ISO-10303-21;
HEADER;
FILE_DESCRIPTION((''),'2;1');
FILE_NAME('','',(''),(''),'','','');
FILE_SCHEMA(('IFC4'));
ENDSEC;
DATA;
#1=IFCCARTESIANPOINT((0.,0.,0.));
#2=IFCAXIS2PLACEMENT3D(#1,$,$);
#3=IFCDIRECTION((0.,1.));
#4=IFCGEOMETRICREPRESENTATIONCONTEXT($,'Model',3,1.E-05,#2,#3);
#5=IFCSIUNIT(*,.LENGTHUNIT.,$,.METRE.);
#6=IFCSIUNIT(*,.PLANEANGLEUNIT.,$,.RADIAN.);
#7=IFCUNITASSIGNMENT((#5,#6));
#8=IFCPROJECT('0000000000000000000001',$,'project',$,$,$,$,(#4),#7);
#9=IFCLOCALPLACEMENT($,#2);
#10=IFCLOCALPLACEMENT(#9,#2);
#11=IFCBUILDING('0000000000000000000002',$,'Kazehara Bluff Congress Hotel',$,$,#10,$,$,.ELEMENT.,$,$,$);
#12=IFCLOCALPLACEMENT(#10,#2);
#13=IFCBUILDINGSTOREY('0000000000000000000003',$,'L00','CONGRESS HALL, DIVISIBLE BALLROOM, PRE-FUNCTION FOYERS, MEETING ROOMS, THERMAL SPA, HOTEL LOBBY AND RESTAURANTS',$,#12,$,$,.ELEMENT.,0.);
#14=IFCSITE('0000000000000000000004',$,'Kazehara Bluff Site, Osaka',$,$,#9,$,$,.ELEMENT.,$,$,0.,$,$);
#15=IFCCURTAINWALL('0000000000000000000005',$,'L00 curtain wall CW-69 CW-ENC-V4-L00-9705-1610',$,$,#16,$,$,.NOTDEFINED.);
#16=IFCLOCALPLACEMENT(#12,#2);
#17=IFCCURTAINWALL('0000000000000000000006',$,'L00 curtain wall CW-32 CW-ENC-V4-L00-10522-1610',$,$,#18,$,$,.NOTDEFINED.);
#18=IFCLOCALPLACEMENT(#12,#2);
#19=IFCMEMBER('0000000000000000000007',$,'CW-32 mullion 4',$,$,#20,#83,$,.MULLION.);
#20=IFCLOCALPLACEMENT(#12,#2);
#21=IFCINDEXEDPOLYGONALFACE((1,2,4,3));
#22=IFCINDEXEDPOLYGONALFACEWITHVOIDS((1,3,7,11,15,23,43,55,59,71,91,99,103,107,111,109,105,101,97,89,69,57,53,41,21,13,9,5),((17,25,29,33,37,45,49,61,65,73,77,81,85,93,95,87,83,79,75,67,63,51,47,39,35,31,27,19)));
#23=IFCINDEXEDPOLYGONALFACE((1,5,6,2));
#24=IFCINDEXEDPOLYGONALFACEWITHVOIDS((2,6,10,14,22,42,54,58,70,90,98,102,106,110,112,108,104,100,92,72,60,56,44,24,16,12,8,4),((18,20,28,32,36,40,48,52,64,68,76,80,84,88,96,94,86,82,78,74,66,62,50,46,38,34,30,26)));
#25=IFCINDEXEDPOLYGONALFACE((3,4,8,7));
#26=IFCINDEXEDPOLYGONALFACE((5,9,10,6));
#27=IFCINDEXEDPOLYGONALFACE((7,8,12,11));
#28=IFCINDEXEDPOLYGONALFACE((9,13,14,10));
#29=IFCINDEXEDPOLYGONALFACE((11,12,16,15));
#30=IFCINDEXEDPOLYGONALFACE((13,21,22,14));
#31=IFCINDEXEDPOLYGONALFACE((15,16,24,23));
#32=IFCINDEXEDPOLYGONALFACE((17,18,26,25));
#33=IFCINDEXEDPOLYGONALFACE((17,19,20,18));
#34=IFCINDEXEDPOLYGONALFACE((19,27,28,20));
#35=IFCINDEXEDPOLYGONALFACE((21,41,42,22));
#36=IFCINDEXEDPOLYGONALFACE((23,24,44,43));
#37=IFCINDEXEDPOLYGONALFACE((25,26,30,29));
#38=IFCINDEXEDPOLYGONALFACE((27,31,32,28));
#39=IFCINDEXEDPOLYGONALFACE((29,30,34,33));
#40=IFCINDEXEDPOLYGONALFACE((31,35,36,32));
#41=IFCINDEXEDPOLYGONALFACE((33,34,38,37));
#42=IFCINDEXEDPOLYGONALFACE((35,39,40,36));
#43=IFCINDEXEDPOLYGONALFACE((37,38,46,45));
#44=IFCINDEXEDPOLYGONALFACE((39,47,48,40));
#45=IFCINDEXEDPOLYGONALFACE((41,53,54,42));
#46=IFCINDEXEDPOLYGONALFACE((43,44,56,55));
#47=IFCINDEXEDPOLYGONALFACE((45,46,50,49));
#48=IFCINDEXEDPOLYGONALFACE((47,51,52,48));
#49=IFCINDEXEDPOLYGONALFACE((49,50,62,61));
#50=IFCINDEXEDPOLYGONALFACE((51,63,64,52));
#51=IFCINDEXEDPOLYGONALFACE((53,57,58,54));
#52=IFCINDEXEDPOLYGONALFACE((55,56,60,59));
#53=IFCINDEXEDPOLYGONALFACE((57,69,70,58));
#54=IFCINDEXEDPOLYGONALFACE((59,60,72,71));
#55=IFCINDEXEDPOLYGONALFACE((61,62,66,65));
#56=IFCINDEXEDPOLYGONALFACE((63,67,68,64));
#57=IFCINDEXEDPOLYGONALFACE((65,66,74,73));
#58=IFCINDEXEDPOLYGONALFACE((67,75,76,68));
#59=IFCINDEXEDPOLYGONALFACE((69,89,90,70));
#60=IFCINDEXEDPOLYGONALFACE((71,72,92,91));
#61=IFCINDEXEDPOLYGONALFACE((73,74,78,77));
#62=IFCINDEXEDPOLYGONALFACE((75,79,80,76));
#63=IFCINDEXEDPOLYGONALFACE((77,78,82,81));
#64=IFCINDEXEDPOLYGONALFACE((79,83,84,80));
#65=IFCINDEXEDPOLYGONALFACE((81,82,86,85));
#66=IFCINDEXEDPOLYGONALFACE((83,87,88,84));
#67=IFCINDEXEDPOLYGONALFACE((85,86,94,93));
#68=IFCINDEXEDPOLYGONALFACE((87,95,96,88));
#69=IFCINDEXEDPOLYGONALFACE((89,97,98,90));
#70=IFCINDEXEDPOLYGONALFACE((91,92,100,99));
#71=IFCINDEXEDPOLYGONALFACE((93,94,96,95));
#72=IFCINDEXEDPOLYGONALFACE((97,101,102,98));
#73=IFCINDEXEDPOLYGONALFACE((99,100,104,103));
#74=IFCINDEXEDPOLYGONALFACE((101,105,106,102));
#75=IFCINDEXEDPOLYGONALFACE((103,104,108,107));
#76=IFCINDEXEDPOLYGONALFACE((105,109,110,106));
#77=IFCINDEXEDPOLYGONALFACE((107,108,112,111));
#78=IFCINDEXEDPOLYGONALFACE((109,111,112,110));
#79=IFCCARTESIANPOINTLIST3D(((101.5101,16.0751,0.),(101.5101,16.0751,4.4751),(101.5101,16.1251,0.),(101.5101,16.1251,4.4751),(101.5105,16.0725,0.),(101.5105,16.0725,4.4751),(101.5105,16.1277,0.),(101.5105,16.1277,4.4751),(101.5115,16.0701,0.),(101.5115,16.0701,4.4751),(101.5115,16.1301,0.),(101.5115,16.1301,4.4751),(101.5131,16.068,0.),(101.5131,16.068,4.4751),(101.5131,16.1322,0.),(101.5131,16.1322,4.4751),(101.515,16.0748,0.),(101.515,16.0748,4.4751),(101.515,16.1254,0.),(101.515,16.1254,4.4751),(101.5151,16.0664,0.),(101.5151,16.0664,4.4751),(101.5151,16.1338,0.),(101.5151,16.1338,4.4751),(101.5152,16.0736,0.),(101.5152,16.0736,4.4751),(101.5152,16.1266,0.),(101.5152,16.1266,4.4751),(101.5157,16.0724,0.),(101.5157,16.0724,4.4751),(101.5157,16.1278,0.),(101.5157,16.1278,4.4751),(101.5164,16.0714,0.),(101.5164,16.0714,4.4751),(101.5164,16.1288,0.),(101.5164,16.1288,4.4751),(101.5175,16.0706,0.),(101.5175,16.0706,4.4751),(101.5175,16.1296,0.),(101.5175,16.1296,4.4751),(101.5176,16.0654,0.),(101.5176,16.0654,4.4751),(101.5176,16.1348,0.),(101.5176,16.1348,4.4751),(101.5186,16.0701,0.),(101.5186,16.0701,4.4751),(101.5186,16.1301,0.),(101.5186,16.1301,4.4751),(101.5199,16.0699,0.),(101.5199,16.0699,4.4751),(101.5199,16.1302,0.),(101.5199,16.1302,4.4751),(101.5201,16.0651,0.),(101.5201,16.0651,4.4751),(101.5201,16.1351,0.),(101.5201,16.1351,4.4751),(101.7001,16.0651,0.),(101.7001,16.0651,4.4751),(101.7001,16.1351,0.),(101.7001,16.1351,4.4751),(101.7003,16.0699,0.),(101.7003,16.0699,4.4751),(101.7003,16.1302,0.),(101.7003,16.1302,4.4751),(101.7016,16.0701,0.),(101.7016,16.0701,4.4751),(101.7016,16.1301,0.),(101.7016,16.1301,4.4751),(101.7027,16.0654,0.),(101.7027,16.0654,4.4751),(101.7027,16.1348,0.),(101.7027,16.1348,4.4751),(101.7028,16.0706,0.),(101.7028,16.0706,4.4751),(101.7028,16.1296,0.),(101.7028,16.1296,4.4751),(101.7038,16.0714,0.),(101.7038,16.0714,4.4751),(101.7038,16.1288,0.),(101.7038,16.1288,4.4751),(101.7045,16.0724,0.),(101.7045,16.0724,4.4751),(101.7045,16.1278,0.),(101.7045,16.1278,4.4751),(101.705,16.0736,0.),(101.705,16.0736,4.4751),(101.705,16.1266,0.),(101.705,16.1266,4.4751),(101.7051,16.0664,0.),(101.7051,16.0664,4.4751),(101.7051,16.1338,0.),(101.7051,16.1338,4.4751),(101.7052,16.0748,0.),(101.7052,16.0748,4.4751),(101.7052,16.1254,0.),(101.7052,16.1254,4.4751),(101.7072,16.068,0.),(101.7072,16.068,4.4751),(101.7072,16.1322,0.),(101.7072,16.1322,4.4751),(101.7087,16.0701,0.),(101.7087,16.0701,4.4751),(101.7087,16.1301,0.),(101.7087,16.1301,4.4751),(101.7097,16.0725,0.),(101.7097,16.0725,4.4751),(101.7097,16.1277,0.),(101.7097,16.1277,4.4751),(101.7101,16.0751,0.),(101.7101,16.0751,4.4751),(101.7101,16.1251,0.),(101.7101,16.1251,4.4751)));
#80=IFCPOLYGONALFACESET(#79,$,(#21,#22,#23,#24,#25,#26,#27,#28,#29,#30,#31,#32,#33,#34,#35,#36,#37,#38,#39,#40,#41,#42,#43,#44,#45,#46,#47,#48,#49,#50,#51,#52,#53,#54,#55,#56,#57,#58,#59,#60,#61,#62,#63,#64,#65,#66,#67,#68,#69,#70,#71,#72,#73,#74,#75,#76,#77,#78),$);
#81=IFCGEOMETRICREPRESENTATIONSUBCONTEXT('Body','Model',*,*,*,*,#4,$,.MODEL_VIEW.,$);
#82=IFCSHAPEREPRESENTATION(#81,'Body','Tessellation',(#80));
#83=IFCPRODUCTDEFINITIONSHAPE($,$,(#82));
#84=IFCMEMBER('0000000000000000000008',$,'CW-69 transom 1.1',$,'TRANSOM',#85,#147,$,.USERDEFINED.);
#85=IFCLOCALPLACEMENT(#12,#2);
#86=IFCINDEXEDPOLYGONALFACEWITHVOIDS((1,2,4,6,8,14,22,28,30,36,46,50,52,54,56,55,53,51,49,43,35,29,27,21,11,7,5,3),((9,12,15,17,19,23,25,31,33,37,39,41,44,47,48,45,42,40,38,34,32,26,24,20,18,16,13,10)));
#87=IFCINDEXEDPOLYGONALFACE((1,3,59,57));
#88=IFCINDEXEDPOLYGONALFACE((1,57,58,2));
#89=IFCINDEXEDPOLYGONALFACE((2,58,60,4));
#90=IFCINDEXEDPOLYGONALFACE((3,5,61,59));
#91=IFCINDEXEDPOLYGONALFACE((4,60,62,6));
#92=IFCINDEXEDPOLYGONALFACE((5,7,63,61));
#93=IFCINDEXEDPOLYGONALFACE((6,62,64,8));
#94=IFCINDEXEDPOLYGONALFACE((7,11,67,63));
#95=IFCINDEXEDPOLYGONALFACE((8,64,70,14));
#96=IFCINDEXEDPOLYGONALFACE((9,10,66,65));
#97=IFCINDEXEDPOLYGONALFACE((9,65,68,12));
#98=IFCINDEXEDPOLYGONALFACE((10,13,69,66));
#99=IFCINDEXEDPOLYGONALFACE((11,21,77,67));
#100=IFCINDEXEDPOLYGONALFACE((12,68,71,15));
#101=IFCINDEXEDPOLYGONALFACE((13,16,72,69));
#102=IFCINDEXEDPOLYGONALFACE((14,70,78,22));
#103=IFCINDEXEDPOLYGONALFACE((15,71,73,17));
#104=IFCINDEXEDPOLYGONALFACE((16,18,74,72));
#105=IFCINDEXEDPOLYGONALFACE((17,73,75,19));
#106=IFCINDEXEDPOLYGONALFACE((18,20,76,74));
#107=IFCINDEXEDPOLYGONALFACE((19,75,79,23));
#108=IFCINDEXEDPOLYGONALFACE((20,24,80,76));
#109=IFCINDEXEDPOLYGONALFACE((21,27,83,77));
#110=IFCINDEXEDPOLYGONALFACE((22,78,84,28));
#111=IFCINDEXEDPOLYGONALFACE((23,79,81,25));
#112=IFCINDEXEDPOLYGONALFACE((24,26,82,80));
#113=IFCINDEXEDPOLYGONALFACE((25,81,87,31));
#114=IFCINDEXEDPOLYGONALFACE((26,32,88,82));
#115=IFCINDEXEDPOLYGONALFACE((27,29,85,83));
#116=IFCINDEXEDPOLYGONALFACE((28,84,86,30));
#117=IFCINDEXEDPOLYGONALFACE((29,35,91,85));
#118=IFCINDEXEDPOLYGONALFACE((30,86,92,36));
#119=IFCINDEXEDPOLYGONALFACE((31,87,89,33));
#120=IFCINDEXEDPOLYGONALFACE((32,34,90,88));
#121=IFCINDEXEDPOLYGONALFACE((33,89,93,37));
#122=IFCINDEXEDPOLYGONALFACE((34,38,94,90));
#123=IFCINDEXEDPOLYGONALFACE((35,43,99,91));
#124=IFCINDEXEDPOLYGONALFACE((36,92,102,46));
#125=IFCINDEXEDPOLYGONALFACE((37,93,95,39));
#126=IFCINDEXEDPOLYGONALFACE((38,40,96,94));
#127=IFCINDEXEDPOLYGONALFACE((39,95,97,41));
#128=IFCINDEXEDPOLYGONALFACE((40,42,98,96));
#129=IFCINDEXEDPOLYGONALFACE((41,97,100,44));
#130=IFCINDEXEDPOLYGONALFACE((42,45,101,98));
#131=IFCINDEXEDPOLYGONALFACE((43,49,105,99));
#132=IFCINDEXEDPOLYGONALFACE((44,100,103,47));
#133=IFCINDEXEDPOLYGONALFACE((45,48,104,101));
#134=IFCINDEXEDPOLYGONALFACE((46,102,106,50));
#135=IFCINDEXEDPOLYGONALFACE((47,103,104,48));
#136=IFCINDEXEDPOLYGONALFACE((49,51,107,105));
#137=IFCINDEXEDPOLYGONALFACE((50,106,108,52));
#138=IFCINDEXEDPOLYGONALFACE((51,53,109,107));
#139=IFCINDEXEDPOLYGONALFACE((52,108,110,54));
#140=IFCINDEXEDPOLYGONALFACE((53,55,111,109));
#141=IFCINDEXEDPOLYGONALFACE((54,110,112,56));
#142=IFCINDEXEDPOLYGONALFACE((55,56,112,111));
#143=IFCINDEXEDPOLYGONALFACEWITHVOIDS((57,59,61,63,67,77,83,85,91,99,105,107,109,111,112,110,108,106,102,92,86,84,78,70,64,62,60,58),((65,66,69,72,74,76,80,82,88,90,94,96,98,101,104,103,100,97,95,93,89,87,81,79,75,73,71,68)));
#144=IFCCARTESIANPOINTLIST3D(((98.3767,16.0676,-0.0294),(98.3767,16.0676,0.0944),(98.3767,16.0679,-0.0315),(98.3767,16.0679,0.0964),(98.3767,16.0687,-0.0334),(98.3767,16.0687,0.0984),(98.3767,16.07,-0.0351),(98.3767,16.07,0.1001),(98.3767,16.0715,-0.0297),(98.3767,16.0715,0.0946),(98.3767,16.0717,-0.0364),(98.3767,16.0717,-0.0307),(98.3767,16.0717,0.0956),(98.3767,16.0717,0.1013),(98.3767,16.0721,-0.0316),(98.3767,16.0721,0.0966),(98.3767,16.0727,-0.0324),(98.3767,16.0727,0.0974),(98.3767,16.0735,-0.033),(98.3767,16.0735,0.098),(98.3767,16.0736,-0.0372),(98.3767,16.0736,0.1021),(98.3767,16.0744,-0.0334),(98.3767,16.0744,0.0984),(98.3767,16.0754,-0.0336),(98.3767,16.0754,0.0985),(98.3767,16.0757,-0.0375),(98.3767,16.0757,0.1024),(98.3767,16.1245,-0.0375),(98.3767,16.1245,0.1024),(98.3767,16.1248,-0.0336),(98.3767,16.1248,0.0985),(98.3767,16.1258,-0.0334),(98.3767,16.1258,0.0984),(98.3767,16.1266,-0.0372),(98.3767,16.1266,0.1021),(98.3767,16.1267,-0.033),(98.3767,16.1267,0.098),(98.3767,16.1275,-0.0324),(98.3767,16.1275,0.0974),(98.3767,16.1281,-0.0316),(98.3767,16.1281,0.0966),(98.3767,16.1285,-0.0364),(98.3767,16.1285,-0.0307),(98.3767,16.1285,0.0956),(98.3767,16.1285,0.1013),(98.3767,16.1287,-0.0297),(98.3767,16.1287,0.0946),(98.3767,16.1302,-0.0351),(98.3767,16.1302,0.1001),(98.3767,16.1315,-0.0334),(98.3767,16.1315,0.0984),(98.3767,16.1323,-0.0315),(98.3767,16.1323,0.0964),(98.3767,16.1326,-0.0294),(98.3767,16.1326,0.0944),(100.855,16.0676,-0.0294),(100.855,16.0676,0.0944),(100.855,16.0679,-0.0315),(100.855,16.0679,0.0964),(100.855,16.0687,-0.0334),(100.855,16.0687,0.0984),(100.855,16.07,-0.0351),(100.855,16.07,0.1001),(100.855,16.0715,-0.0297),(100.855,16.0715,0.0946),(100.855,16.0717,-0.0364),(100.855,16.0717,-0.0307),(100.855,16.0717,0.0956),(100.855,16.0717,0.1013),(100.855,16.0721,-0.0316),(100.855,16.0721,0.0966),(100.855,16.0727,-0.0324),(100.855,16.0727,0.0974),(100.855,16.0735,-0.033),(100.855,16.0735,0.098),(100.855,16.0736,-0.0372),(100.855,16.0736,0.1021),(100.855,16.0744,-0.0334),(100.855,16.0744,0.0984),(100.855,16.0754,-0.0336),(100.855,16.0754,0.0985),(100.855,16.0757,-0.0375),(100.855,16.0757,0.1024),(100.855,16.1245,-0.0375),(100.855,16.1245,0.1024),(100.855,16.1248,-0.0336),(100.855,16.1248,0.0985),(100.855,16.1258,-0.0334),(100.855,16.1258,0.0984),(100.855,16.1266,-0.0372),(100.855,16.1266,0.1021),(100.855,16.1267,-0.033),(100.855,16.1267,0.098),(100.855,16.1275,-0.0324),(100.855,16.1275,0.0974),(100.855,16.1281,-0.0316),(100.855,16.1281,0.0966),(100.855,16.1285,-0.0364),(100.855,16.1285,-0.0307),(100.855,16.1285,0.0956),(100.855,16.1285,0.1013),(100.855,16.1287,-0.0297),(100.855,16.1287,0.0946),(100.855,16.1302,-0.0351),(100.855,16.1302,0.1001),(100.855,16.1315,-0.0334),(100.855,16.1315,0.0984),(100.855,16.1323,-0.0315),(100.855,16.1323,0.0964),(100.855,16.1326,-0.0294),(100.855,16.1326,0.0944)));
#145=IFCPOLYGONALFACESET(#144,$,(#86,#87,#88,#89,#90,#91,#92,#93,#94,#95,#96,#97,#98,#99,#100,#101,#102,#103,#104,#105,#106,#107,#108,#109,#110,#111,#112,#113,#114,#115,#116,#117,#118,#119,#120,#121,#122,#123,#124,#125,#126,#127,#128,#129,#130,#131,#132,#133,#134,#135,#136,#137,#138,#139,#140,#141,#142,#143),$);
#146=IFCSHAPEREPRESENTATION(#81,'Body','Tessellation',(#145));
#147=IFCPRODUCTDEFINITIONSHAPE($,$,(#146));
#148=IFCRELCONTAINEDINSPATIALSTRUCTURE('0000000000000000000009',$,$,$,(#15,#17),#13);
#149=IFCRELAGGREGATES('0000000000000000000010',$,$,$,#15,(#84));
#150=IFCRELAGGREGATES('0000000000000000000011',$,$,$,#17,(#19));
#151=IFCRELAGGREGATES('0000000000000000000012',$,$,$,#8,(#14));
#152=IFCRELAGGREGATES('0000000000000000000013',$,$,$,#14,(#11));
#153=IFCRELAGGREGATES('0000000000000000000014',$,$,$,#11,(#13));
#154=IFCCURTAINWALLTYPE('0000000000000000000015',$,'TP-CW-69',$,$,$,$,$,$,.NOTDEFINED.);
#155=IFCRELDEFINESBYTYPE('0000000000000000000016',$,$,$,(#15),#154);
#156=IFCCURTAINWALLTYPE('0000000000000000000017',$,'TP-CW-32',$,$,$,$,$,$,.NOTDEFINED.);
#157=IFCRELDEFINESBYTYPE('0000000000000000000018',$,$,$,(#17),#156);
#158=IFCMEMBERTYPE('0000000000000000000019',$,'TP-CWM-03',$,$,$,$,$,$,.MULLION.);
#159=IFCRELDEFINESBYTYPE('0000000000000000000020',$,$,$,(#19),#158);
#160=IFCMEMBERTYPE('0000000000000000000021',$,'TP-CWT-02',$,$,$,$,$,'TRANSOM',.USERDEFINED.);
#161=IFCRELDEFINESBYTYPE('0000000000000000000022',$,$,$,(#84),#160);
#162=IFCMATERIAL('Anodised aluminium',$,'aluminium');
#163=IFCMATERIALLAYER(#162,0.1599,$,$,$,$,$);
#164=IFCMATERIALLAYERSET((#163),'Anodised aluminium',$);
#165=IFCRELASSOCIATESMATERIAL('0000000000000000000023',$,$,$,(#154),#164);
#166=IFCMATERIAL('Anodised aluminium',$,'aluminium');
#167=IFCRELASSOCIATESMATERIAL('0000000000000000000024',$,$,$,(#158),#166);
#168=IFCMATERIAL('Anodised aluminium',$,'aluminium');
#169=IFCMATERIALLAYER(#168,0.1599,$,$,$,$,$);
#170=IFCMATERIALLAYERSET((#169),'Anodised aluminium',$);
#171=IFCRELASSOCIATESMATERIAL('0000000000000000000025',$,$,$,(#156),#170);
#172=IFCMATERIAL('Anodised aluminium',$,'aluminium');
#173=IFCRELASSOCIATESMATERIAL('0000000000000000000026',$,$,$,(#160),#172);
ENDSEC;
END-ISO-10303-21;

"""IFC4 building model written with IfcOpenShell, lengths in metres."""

from ifc_helpers import new_model, si_unit, direction, frame, origin, origin_2d, place, context, subcontext, project, spatial, hollow_rectangle, extrude, material, layer, layer_set, material_profile, profile_set, type_object, element, aggregate, save


model = new_model("IFC4")

# Units and contexts
model_context = context("Model", 3, precision=1e-05, world=origin(), true_north=direction((0.0, 1.0)))
body_context = subcontext(model_context, "Body", "Model", "MODEL_VIEW")
ifc_project = project(units=[si_unit("LENGTHUNIT", "METRE"), si_unit("PLANEANGLEUNIT", "RADIAN")], contexts=[model_context])

# Site, building, storey
site_placement = place(None, origin())
site = spatial("IfcSite", under=ifc_project, at=site_placement, Name="Kazehara Bluff Site, Osaka", CompositionType="ELEMENT", RefElevation=0.0)
building_placement = place(site_placement, origin())
building = spatial("IfcBuilding", under=site, at=building_placement, Name="Kazehara Bluff Congress Hotel", CompositionType="ELEMENT")
storey_placement = place(building_placement, origin())
storey = spatial("IfcBuildingStorey", under=building, at=storey_placement, Name="L00", Description="CONGRESS HALL, DIVISIBLE BALLROOM, PRE-FUNCTION FOYERS, MEETING ROOMS, THERMAL SPA, HOTEL LOBBY AND RESTAURANTS", CompositionType="ELEMENT", Elevation=0.0)

# Curtain walls, member
ifc_material_1 = material(Name="Anodised aluminium", Category="aluminium")
ifc_layer_1 = layer(ifc_material_1, 0.1599)
ifc_layer_set_1 = layer_set([ifc_layer_1], Name="Anodised aluminium")
curtain_wall_type_1 = type_object("IfcCurtainWallType", Name="TP-CW-69", PredefinedType="NOTDEFINED", material=ifc_layer_set_1)
curtain_wall_1_placement = place(storey_placement, origin())
curtain_wall_1 = element("IfcCurtainWall", 1, at=curtain_wall_1_placement, inside=storey, type_object=curtain_wall_type_1, Name="L00 curtain wall CW-69 CW-ENC-V4-L00-9705-1610", PredefinedType="NOTDEFINED")
ifc_material_2 = material(Name="Anodised aluminium", Category="aluminium")
ifc_material_profile_1 = material_profile(ifc_material_2, hollow_rectangle(XDim=0.0701, YDim=0.2, WallThickness=0.0049, InnerFilletRadius=0.0049, OuterFilletRadius=0.01, at=origin_2d()))
ifc_profile_set_1 = profile_set([ifc_material_profile_1], Name="Anodised aluminium")
member_type_1 = type_object("IfcMemberType", Name="TP-CWM-03", PredefinedType="MULLION", material=ifc_profile_set_1)
ifc_material_3 = material(Name="Anodised aluminium", Category="aluminium")
ifc_layer_2 = layer(ifc_material_3, 0.1599)
ifc_layer_set_2 = layer_set([ifc_layer_2], Name="Anodised aluminium")
curtain_wall_type_2 = type_object("IfcCurtainWallType", Name="TP-CW-32", PredefinedType="NOTDEFINED", material=ifc_layer_set_2)
curtain_wall_2_placement = place(storey_placement, origin())
curtain_wall_2 = element("IfcCurtainWall", 2, at=curtain_wall_2_placement, inside=storey, type_object=curtain_wall_type_2, Name="L00 curtain wall CW-32 CW-ENC-V4-L00-10522-1610", PredefinedType="NOTDEFINED")
member_1_placement = place(storey_placement, frame((101.6101, 16.1001, 0.0), z_axis=(0.0, 0.0, 1.0), x_axis=(0.0, -1.0, 0.0)))
member_1 = element("IfcMember", 3, at=member_1_placement, type_object=member_type_1, Name="CW-32 mullion 4", PredefinedType="MULLION", context=body_context, shape_type="SweptSolid", body=[
    extrude(hollow_rectangle(XDim=0.0701, YDim=0.2, WallThickness=0.0049, InnerFilletRadius=0.0049, OuterFilletRadius=0.01, at=origin_2d()), origin(), (0.0, 0.0, 1.0), 4.4751),
])

# Member
ifc_material_4 = material(Name="Anodised aluminium", Category="aluminium")
ifc_material_profile_2 = material_profile(ifc_material_4, hollow_rectangle(XDim=0.0649, YDim=0.1399, WallThickness=0.0039, InnerFilletRadius=0.0039, OuterFilletRadius=0.0081, at=origin_2d()))
ifc_profile_set_2 = profile_set([ifc_material_profile_2], Name="Anodised aluminium")
member_type_2 = type_object("IfcMemberType", Name="TP-CWT-02", ElementType="TRANSOM", PredefinedType="USERDEFINED", material=ifc_profile_set_2)
member_2_placement = place(storey_placement, frame((100.855, 16.1001, 0.0325), z_axis=(-1.0, 0.0, 0.0), x_axis=(0.0, -1.0, 0.0)))
member_2 = element("IfcMember", 4, at=member_2_placement, type_object=member_type_2, Name="CW-69 transom 1.1", ObjectType="TRANSOM", PredefinedType="USERDEFINED", context=body_context, shape_type="SweptSolid", body=[
    extrude(hollow_rectangle(XDim=0.0649, YDim=0.1399, WallThickness=0.0039, InnerFilletRadius=0.0039, OuterFilletRadius=0.0081, at=origin_2d()), origin(), (0.0, 0.0, 1.0), 2.4783),
])

aggregate(curtain_wall_1, [member_2])
aggregate(curtain_wall_2, [member_1])

save(model, "model.ifc")
